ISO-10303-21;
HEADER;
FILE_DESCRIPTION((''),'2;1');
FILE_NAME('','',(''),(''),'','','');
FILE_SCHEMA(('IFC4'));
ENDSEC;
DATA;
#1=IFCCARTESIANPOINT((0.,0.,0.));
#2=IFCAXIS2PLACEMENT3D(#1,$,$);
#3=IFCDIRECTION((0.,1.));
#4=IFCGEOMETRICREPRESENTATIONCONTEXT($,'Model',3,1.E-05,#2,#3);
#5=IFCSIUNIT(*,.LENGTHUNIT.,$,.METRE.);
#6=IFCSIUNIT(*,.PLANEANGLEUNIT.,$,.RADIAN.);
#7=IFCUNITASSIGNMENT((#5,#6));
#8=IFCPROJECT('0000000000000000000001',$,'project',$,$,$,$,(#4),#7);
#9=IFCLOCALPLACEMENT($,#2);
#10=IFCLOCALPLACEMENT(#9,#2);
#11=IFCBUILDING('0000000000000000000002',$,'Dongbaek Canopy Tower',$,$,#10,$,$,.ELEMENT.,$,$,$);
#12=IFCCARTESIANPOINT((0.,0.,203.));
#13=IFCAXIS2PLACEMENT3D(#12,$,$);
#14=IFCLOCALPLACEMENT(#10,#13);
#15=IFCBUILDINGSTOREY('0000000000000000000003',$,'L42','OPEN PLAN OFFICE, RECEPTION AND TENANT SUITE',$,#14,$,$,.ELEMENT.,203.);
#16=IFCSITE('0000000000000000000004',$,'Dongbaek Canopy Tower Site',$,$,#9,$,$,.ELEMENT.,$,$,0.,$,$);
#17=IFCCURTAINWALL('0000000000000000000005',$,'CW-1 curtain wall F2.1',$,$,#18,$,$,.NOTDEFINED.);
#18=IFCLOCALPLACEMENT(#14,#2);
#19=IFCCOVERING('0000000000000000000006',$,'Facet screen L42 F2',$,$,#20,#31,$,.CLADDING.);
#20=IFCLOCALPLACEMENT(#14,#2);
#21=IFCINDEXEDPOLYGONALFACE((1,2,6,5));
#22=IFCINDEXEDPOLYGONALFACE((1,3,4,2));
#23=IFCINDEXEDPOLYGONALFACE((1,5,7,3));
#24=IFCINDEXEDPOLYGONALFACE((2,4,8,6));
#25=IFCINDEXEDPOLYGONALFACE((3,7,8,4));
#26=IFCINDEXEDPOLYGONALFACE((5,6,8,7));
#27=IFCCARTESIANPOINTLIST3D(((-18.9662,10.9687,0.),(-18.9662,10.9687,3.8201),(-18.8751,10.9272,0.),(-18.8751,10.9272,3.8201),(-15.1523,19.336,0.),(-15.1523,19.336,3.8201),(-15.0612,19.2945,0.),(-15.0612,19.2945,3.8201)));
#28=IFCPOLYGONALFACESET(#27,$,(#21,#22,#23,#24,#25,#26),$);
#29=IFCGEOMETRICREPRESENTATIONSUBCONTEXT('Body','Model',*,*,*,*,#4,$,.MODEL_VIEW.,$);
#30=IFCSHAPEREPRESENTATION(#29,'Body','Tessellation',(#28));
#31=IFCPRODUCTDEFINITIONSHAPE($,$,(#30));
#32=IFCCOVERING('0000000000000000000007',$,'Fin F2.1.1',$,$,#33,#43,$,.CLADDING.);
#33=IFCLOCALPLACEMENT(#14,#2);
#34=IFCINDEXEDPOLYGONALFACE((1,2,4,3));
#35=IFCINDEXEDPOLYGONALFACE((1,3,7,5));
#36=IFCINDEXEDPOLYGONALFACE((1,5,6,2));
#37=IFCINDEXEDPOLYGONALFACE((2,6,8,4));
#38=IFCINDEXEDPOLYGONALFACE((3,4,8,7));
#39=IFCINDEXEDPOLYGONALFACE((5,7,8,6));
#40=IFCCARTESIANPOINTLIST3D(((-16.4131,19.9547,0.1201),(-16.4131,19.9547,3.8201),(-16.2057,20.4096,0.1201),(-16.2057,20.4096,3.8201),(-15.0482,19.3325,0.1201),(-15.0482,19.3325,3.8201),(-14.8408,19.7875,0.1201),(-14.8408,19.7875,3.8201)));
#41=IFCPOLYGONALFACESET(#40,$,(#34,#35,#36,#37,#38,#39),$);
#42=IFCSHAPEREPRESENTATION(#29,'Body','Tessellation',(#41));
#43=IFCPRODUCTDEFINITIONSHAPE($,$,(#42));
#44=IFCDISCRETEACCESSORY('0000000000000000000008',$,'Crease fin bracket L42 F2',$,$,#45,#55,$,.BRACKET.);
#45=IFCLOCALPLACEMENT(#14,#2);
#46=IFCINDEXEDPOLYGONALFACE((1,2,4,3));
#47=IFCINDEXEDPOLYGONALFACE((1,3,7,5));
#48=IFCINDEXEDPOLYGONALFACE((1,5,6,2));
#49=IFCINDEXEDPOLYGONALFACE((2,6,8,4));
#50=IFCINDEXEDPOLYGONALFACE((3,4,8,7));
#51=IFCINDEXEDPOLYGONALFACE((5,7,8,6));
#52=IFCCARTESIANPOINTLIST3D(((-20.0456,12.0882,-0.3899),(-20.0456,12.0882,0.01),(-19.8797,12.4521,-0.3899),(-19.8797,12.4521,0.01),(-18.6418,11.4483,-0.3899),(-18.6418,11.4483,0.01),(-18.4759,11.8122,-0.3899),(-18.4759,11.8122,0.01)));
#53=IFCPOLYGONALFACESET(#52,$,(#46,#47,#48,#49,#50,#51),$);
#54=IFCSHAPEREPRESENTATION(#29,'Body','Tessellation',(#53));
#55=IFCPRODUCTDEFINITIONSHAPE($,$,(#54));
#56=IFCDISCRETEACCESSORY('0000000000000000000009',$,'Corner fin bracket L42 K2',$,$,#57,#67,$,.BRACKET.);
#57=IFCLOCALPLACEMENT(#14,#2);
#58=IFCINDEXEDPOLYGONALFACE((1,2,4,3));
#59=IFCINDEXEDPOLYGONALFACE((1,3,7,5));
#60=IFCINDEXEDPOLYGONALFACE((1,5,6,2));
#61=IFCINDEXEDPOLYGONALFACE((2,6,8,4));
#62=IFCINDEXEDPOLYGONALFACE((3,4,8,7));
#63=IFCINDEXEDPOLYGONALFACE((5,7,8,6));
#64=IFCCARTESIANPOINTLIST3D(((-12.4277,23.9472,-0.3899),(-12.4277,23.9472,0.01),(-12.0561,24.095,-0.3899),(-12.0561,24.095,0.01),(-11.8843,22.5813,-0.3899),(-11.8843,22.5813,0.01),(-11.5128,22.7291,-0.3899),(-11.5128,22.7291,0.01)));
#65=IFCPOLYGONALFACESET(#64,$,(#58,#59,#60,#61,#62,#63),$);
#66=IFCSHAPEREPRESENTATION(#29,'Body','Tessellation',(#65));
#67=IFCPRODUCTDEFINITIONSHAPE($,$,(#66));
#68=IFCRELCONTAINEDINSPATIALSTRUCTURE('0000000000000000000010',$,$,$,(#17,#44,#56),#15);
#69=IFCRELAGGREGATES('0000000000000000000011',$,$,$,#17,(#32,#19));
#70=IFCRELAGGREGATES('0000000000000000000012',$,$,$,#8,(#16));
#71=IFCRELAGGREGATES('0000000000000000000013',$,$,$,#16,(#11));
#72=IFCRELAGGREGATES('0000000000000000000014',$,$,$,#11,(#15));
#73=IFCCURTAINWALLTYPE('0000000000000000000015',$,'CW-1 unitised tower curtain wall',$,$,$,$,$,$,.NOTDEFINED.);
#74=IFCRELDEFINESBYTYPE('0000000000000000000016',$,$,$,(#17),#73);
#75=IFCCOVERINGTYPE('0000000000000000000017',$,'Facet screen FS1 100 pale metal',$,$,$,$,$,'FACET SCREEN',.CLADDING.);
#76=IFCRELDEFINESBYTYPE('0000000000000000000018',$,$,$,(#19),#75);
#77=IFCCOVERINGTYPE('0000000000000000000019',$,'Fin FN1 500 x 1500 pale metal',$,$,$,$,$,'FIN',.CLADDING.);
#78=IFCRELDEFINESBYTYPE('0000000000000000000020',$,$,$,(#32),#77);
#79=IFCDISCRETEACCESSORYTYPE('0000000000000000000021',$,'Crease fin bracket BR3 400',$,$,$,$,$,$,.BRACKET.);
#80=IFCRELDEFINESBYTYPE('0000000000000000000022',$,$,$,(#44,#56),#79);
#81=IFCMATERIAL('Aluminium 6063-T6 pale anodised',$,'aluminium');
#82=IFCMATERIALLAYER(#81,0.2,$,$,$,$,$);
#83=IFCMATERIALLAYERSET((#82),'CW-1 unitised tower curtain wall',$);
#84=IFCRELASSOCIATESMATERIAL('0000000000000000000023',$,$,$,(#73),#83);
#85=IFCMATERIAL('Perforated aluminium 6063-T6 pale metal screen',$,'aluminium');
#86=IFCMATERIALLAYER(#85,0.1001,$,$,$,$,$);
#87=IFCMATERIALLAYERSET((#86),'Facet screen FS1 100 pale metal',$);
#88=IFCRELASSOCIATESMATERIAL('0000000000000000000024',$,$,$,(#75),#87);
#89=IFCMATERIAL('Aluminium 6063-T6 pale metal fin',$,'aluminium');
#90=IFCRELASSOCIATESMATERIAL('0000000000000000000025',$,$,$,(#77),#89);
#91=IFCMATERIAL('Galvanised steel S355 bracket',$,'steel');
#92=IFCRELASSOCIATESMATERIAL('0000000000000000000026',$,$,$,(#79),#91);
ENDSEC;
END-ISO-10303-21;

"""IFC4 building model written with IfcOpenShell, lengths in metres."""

from ifc_helpers import new_model, si_unit, direction, frame, origin, origin_2d, place, context, subcontext, project, spatial, rectangle, extrude, material, layer, layer_set, material_profile, profile_set, type_object, element, aggregate, save


model = new_model("IFC4")

# Units and contexts
model_context = context("Model", 3, precision=1e-05, world=origin(), true_north=direction((0.0, 1.0)))
body_context = subcontext(model_context, "Body", "Model", "MODEL_VIEW")
ifc_project = project(units=[si_unit("LENGTHUNIT", "METRE"), si_unit("PLANEANGLEUNIT", "RADIAN")], contexts=[model_context])

# Site, building, storey
site_placement = place(None, origin())
site = spatial("IfcSite", under=ifc_project, at=site_placement, Name="Dongbaek Canopy Tower Site", CompositionType="ELEMENT", RefElevation=0.0)
building_placement = place(site_placement, origin())
building = spatial("IfcBuilding", under=site, at=building_placement, Name="Dongbaek Canopy Tower", CompositionType="ELEMENT")
storey_placement = place(building_placement, frame((0.0, 0.0, 203.0)))
storey = spatial("IfcBuildingStorey", under=building, at=storey_placement, Name="L42", Description="OPEN PLAN OFFICE, RECEPTION AND TENANT SUITE", CompositionType="ELEMENT", Elevation=203.0)

# Curtain wall
ifc_material_1 = material(Name="Aluminium 6063-T6 pale anodised", Category="aluminium")
ifc_layer_1 = layer(ifc_material_1, 0.2)
ifc_layer_set_1 = layer_set([ifc_layer_1], Name="CW-1 unitised tower curtain wall")
curtain_wall_type = type_object("IfcCurtainWallType", Name="CW-1 unitised tower curtain wall", PredefinedType="NOTDEFINED", material=ifc_layer_set_1)
curtain_wall_1_placement = place(storey_placement, origin())
curtain_wall_1 = element("IfcCurtainWall", 1, at=curtain_wall_1_placement, inside=storey, type_object=curtain_wall_type, Name="CW-1 curtain wall F2.1", PredefinedType="NOTDEFINED")

# Coverings
ifc_material_2 = material(Name="Perforated aluminium 6063-T6 pale metal screen", Category="aluminium")
ifc_layer_2 = layer(ifc_material_2, 0.1001)
ifc_layer_set_2 = layer_set([ifc_layer_2], Name="Facet screen FS1 100 pale metal")
covering_type_1 = type_object("IfcCoveringType", Name="Facet screen FS1 100 pale metal", ElementType="FACET SCREEN", PredefinedType="CLADDING", material=ifc_layer_set_2)
covering_1_placement = place(storey_placement, frame((-17.0137, 15.1316, 0.0), z_axis=(0.0, 0.0, 1.0), x_axis=(-0.414755, -0.909933, 0.0)))
covering_1 = element("IfcCovering", 2, at=covering_1_placement, type_object=covering_type_1, Name="Facet screen L42 F2", PredefinedType="CLADDING", context=body_context, shape_type="SweptSolid", body=[
    extrude(rectangle(XDim=9.1956, YDim=0.1001, at=origin_2d()), origin(), (0.0, 0.0, 1.0), 3.8201),
])
ifc_material_3 = material(Name="Aluminium 6063-T6 pale metal fin", Category="aluminium")
ifc_material_profile_1 = material_profile(ifc_material_3, rectangle(XDim=1.5, YDim=0.5, at=origin_2d()), Name="Fin FN1 500 x 1500 pale metal")
ifc_profile_set_1 = profile_set([ifc_material_profile_1], Name="Aluminium 6063-T6 pale metal fin")
covering_type_2 = type_object("IfcCoveringType", Name="Fin FN1 500 x 1500 pale metal", ElementType="FIN", PredefinedType="CLADDING", material=ifc_profile_set_1)
covering_2_placement = place(storey_placement, frame((-15.627, 19.8711, 0.1201), z_axis=(0.0, 0.0, 1.0), x_axis=(-0.909933, 0.414755, 0.0)))
covering_2 = element("IfcCovering", 3, at=covering_2_placement, type_object=covering_type_2, Name="Fin F2.1.1", PredefinedType="CLADDING", context=body_context, shape_type="SweptSolid", body=[
    extrude(rectangle(XDim=1.5, YDim=0.5, at=origin_2d()), origin(), (0.0, 0.0, 1.0), 3.7),
])
aggregate(curtain_wall_1, [covering_2, covering_1])

# Discrete accessories
ifc_material_4 = material(Name="Galvanised steel S355 bracket", Category="steel")
discrete_accessory_type = type_object("IfcDiscreteAccessoryType", Name="Crease fin bracket BR3 400", PredefinedType="BRACKET", material=ifc_material_4)
discrete_accessory_1_placement = place(storey_placement, frame((-19.2607, 11.9502, -0.3899), z_axis=(0.0, 0.0, 1.0), x_axis=(-0.909933, 0.414755, 0.0)))
element("IfcDiscreteAccessory", 4, at=discrete_accessory_1_placement, inside=storey, type_object=discrete_accessory_type, Name="Crease fin bracket L42 F2", PredefinedType="BRACKET", context=body_context, shape_type="SweptSolid", body=[
    extrude(rectangle(XDim=1.5427, YDim=0.3999, at=origin_2d()), origin(), (0.0, 0.0, 1.0), 0.3999),
])
discrete_accessory_2_placement = place(storey_placement, frame((-11.9702, 23.3381, -0.3899), z_axis=(0.0, 0.0, 1.0), x_axis=(-0.369611, 0.929187, 0.0)))
element("IfcDiscreteAccessory", 5, at=discrete_accessory_2_placement, inside=storey, type_object=discrete_accessory_type, Name="Corner fin bracket L42 K2", PredefinedType="BRACKET", context=body_context, shape_type="SweptSolid", body=[
    extrude(rectangle(XDim=1.47, YDim=0.3999, at=origin_2d()), origin(), (0.0, 0.0, 1.0), 0.3999),
])

save(model, "model.ifc")
